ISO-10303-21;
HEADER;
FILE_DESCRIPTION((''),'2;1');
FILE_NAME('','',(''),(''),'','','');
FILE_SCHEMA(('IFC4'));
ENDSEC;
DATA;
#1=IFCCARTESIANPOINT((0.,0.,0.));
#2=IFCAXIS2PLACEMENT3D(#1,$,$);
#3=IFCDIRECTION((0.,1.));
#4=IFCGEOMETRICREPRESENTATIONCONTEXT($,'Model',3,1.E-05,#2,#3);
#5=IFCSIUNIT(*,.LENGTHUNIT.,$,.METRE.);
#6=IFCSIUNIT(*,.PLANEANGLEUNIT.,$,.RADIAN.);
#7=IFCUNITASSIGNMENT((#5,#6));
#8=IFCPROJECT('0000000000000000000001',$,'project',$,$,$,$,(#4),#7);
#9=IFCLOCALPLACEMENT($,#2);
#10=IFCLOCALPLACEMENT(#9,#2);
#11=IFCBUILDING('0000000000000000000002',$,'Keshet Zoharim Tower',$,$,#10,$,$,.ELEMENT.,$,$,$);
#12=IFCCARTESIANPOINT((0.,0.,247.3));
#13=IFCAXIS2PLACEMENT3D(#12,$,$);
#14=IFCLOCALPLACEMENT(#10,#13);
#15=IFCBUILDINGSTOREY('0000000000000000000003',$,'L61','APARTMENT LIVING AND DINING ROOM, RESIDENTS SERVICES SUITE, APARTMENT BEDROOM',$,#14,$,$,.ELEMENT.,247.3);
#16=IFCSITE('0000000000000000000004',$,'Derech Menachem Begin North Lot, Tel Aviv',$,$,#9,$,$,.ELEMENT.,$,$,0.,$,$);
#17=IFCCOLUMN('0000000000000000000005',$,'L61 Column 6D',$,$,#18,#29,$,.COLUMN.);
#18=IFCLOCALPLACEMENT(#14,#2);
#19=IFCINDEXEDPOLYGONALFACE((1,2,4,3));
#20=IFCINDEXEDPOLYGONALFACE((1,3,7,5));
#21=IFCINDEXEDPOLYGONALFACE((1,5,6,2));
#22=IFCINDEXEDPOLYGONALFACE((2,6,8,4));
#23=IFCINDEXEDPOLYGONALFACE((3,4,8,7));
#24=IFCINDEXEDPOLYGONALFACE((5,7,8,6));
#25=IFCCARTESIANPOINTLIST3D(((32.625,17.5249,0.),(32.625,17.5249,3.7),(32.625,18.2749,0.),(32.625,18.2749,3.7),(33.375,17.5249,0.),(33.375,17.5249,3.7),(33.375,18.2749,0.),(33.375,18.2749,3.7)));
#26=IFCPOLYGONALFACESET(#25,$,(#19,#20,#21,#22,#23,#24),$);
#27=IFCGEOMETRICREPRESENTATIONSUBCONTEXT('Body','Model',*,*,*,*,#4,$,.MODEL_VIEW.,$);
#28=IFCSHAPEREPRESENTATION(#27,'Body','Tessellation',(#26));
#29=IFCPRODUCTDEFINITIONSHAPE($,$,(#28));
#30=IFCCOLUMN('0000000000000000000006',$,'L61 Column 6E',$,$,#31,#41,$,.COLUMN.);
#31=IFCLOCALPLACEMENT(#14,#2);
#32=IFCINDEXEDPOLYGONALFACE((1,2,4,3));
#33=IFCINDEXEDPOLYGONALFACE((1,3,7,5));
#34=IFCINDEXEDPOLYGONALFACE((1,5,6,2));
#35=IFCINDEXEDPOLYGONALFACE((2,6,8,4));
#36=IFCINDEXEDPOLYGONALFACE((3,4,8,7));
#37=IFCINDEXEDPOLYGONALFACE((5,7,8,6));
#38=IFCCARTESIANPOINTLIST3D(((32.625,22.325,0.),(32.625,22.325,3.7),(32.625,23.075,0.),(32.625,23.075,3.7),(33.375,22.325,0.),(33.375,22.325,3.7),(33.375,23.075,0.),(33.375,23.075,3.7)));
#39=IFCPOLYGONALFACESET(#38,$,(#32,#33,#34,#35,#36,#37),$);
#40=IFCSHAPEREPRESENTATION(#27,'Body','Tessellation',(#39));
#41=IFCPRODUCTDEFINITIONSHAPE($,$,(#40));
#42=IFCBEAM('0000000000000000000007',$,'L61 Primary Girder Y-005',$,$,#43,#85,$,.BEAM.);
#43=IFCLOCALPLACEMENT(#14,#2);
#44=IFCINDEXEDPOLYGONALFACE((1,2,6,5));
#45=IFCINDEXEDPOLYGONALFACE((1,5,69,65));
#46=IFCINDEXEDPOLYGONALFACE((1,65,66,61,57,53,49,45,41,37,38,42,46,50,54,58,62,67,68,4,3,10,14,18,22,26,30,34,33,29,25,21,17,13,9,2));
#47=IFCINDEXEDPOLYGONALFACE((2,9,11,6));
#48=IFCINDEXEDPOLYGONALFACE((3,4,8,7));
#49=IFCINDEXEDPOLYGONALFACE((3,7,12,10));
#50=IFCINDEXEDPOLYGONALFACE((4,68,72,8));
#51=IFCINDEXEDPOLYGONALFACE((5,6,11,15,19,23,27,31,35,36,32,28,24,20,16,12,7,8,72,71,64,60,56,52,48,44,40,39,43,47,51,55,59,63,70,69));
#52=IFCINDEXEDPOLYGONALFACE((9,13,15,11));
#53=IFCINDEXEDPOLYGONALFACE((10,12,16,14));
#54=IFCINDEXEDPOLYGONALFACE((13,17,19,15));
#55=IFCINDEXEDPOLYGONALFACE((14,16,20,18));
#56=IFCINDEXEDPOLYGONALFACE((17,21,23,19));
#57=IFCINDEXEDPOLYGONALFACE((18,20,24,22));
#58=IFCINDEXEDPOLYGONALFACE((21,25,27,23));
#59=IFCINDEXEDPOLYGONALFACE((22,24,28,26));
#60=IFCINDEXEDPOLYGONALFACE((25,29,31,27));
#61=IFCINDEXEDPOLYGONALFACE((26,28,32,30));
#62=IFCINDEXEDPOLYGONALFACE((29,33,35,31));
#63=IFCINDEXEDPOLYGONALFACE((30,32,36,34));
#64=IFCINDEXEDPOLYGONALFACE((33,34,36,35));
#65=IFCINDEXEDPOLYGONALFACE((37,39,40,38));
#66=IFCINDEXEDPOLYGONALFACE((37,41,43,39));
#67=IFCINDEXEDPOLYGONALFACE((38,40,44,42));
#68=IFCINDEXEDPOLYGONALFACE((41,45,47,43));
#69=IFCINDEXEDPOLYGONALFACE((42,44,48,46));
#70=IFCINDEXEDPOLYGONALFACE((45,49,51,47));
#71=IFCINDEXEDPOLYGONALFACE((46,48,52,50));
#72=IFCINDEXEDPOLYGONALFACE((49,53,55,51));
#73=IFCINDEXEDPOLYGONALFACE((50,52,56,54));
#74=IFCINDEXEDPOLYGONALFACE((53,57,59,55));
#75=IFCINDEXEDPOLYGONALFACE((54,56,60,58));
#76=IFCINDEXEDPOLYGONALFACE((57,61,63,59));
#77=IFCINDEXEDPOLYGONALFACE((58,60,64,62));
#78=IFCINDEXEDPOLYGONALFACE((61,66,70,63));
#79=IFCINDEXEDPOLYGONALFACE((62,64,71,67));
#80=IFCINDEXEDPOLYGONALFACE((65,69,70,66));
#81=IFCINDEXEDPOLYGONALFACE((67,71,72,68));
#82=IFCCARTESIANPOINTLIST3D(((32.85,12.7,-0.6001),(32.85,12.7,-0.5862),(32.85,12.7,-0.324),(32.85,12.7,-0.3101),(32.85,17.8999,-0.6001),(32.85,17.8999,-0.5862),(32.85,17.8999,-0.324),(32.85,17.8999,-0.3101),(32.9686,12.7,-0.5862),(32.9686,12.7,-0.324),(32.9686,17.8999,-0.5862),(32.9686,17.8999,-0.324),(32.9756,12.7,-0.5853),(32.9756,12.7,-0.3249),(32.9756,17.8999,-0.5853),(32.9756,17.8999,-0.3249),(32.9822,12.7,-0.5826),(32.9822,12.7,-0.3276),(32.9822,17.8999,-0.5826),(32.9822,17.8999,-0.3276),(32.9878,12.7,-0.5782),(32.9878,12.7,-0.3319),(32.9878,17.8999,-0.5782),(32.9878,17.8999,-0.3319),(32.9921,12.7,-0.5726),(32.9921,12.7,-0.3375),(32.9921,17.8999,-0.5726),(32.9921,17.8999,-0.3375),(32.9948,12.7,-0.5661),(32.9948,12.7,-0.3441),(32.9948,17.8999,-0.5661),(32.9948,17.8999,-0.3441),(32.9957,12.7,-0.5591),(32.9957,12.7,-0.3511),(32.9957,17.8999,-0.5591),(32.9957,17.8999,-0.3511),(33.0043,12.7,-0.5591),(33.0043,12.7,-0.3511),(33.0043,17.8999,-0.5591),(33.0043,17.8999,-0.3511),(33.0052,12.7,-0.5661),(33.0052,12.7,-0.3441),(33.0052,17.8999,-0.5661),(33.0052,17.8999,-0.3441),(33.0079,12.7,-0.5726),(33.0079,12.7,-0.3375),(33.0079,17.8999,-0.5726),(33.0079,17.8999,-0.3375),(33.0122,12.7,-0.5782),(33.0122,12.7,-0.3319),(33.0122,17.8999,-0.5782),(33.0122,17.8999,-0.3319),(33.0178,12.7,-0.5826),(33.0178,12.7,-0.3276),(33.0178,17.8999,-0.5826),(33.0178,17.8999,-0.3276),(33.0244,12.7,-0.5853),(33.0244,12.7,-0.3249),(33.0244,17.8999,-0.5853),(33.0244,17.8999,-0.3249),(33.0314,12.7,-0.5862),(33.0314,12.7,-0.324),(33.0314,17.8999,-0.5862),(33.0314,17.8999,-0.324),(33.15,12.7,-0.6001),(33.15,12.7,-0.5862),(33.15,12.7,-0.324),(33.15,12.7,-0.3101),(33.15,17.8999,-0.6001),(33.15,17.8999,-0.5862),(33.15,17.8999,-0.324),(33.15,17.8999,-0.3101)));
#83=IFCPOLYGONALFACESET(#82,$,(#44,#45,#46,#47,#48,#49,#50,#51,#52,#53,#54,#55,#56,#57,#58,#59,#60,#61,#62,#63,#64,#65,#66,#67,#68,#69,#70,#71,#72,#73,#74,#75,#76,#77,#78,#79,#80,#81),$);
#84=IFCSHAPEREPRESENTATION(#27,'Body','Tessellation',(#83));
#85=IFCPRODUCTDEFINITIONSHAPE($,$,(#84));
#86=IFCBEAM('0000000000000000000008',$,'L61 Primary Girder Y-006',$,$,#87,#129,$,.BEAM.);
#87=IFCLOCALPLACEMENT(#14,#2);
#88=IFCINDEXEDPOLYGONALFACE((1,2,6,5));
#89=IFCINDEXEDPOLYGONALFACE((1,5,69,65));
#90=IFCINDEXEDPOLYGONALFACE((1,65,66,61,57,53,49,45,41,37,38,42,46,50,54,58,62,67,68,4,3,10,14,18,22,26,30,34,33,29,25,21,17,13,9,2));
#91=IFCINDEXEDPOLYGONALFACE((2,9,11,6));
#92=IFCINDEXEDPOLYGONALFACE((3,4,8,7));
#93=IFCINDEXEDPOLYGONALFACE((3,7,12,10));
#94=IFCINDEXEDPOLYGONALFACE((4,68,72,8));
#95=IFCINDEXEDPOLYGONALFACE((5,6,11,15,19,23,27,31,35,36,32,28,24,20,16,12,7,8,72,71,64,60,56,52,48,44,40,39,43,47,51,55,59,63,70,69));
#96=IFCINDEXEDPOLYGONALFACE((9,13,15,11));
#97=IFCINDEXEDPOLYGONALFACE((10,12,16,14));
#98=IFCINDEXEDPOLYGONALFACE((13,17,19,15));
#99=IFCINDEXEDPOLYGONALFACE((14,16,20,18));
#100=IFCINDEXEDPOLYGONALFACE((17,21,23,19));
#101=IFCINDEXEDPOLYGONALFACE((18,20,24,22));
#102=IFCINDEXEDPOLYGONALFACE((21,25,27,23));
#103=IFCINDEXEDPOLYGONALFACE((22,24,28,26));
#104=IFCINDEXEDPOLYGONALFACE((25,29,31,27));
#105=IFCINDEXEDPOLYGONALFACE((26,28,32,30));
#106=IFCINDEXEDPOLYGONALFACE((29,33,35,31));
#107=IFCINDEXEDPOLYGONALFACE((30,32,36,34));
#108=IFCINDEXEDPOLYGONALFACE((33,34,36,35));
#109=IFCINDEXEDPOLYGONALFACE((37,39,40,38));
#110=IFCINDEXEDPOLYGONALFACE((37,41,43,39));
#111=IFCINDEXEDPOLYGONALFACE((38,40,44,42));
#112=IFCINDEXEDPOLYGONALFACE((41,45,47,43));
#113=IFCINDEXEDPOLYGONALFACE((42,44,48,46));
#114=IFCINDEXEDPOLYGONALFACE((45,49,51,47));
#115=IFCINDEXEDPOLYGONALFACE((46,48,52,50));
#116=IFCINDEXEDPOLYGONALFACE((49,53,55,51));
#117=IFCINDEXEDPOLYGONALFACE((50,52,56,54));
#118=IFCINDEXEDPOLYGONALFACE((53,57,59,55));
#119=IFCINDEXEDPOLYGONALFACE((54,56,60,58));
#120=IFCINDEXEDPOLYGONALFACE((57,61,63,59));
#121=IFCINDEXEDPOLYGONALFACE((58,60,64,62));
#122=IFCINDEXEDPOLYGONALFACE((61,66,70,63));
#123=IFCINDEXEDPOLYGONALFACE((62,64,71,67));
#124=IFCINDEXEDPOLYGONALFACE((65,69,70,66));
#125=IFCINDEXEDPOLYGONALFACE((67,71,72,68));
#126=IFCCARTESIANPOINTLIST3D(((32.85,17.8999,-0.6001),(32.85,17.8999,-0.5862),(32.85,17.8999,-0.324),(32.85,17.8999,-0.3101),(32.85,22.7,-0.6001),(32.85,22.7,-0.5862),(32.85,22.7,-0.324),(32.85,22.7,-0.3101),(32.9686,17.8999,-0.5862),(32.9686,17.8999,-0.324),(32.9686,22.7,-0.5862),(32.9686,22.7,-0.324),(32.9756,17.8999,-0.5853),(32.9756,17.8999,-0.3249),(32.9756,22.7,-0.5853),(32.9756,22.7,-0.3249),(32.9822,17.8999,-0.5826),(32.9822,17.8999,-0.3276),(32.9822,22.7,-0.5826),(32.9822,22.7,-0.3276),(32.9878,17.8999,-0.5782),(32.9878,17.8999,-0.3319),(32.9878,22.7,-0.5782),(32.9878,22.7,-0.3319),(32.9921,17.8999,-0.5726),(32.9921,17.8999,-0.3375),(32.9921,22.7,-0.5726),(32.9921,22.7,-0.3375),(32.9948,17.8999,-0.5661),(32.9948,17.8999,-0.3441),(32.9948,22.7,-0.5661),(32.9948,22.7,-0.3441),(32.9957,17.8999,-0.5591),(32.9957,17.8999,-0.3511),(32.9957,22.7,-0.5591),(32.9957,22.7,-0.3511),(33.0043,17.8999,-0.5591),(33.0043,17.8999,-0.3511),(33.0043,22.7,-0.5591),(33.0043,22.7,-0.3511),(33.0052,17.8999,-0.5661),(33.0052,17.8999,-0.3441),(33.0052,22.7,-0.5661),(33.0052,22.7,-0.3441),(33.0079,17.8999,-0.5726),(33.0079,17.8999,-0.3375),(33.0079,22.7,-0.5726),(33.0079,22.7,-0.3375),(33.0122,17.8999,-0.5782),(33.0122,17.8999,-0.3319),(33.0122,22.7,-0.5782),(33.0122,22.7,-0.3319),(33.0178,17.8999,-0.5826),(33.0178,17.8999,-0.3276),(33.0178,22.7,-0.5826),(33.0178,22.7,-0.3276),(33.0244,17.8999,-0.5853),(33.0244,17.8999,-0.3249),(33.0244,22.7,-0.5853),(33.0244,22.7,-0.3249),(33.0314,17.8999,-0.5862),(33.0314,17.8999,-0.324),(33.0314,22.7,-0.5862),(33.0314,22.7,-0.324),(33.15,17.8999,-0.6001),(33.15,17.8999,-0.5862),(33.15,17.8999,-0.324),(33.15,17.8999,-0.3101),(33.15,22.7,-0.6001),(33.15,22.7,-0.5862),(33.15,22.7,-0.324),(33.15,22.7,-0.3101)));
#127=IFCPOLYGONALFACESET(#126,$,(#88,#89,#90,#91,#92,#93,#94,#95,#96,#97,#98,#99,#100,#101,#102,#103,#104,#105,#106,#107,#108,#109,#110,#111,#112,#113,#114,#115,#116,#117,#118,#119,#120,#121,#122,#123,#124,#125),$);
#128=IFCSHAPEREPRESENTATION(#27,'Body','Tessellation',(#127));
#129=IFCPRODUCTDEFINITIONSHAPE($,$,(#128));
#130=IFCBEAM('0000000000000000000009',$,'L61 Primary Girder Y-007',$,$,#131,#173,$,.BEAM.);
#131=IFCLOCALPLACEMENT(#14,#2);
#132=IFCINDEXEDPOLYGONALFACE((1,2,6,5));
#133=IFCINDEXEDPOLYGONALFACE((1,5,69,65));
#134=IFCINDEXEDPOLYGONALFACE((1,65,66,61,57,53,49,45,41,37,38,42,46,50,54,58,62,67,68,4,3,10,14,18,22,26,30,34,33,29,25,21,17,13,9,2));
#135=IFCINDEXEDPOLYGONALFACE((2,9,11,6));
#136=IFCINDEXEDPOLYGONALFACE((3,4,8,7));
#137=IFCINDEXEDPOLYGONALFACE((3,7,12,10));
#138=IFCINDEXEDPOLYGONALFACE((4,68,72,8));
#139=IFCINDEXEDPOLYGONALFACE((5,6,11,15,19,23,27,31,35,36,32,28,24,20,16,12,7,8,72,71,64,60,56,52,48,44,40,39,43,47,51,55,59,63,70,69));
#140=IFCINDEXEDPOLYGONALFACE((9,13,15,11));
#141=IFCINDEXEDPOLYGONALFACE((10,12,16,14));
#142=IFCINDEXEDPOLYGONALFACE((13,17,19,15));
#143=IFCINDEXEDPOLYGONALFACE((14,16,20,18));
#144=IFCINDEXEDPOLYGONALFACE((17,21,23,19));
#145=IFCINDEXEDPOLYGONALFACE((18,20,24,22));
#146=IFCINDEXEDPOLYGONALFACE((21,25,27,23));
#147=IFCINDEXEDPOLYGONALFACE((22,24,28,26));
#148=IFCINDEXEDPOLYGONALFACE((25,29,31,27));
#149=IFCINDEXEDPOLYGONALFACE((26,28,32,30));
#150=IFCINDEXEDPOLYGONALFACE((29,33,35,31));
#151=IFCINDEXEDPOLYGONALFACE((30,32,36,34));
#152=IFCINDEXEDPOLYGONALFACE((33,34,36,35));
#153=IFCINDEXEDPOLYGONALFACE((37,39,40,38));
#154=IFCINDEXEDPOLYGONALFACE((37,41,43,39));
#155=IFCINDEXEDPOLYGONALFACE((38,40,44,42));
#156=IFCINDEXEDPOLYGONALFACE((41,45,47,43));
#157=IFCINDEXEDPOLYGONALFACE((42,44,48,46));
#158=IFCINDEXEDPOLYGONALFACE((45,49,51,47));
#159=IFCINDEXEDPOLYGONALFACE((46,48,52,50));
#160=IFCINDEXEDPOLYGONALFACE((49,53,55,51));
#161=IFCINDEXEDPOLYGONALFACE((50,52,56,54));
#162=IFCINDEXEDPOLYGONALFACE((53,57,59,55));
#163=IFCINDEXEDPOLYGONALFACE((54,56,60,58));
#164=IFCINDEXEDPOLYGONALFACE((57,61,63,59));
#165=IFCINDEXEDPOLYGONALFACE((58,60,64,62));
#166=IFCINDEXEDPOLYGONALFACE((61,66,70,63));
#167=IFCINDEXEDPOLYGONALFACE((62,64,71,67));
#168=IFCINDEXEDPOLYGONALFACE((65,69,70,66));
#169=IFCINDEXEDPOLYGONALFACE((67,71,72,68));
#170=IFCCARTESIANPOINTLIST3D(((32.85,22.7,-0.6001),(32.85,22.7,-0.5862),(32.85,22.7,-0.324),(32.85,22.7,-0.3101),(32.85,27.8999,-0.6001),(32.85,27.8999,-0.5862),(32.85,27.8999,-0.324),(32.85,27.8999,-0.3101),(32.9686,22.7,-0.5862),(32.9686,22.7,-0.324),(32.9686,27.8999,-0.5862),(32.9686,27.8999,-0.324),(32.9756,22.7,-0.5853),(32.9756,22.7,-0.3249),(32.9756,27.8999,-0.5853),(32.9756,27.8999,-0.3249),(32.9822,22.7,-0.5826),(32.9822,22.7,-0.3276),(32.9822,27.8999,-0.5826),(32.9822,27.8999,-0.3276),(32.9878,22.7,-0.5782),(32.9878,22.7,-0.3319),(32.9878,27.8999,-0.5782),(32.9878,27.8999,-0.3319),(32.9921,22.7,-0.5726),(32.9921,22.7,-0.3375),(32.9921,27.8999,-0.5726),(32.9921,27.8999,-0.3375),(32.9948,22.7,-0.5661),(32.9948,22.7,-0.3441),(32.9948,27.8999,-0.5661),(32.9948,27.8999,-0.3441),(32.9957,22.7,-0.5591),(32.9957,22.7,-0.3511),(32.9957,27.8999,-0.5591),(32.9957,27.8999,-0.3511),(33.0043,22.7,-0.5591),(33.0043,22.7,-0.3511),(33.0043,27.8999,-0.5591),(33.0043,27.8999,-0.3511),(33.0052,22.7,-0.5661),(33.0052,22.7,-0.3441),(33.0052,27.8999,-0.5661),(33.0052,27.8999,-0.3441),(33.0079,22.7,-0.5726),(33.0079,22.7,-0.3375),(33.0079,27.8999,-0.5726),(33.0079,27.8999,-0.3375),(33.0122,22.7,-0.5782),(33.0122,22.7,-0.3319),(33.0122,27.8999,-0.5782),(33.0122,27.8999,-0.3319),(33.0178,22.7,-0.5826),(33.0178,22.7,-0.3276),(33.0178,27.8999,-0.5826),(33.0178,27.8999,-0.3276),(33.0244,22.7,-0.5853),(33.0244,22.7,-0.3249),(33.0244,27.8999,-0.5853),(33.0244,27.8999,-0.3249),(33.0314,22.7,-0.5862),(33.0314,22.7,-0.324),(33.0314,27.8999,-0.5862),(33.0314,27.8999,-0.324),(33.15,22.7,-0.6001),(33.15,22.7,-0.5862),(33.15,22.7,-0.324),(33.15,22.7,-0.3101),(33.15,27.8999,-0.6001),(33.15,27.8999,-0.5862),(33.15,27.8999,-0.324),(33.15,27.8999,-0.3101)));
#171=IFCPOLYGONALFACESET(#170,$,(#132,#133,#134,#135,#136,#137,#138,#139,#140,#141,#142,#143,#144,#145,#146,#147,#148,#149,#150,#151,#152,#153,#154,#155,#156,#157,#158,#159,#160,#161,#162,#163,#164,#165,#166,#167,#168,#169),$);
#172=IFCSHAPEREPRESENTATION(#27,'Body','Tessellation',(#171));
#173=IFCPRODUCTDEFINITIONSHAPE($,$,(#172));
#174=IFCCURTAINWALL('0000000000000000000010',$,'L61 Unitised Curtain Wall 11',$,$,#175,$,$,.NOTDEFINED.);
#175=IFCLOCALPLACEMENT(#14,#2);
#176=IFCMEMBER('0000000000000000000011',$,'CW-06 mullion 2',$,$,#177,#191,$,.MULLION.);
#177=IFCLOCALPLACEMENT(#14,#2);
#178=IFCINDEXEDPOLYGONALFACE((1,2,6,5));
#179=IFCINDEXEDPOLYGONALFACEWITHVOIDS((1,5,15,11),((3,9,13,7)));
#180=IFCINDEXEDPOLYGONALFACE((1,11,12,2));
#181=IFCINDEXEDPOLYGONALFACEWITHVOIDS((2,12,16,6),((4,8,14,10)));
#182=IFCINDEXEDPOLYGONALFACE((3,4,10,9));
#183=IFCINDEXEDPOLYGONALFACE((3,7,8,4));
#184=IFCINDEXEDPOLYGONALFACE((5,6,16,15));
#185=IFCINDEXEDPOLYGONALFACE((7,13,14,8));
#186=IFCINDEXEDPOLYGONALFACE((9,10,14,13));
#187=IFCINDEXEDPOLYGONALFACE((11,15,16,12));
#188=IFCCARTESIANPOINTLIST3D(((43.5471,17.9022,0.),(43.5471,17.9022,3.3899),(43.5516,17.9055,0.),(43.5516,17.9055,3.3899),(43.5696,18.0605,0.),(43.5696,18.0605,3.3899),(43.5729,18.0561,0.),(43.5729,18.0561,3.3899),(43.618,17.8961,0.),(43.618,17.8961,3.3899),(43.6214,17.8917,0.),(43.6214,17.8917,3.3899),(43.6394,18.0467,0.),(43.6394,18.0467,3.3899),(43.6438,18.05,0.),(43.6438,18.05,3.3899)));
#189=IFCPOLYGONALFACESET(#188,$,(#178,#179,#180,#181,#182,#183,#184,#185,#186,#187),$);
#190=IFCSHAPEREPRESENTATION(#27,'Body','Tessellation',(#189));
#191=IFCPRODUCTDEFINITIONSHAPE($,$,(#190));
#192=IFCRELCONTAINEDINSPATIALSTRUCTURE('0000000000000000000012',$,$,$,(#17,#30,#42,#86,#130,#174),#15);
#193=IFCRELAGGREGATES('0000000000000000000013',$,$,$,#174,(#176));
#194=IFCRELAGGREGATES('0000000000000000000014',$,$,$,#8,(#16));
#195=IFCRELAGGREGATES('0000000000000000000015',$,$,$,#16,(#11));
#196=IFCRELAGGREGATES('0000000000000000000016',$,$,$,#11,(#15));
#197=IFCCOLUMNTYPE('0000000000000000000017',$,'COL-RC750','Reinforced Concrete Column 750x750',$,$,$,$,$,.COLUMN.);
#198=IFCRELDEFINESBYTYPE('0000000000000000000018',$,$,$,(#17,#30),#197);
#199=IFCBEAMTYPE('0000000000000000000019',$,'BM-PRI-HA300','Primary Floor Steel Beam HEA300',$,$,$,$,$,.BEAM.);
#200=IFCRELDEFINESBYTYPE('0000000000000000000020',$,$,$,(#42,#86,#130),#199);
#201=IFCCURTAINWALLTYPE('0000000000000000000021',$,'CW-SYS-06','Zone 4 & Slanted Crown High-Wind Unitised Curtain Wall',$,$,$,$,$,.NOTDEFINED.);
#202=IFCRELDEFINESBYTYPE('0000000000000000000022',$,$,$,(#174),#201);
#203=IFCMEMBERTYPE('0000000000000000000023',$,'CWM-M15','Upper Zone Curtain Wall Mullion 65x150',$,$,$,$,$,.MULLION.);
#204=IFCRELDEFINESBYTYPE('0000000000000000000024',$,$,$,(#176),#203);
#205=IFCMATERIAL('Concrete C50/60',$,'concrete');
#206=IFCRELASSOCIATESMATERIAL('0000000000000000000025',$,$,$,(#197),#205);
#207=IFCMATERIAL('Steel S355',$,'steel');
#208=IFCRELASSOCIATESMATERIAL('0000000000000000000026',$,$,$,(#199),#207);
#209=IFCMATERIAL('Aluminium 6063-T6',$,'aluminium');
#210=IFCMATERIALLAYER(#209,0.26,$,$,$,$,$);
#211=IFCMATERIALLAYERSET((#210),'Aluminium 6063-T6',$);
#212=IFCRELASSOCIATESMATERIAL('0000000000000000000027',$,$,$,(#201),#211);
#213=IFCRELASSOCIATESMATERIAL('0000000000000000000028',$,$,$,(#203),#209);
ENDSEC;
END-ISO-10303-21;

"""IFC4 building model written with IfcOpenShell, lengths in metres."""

from ifc_helpers import new_model, si_unit, direction, frame, origin, origin_2d, place, context, subcontext, project, spatial, rectangle, hollow_rectangle, i_section, extrude, material, layer, layer_set, material_profile, profile_set, type_object, element, aggregate, save


model = new_model("IFC4")

# Units and contexts
model_context = context("Model", 3, precision=1e-05, world=origin(), true_north=direction((0.0, 1.0)))
body_context = subcontext(model_context, "Body", "Model", "MODEL_VIEW")
ifc_project = project(units=[si_unit("LENGTHUNIT", "METRE"), si_unit("PLANEANGLEUNIT", "RADIAN")], contexts=[model_context])

# Site, building, storey
site_placement = place(None, origin())
site = spatial("IfcSite", under=ifc_project, at=site_placement, Name="Derech Menachem Begin North Lot, Tel Aviv", CompositionType="ELEMENT", RefElevation=0.0)
building_placement = place(site_placement, origin())
building = spatial("IfcBuilding", under=site, at=building_placement, Name="Keshet Zoharim Tower", CompositionType="ELEMENT")
storey_placement = place(building_placement, frame((0.0, 0.0, 247.3)))
storey = spatial("IfcBuildingStorey", under=building, at=storey_placement, Name="L61", Description="APARTMENT LIVING AND DINING ROOM, RESIDENTS SERVICES SUITE, APARTMENT BEDROOM", CompositionType="ELEMENT", Elevation=247.3)

# Columns
ifc_material_1 = material(Name="Concrete C50/60", Category="concrete")
ifc_material_profile_1 = material_profile(ifc_material_1, rectangle(XDim=0.75, YDim=0.75, at=origin_2d()), Name="RC750x750")
ifc_profile_set_1 = profile_set([ifc_material_profile_1], Name="Concrete C50/60")
column_type = type_object("IfcColumnType", Name="COL-RC750", Description="Reinforced Concrete Column 750x750", PredefinedType="COLUMN", material=ifc_profile_set_1)
for number, where, z_axis, x_axis, name in (
    (1, (33.0, 17.8999, 0.0), (0.0, 0.0, 1.0), (1.0, 0.0, 0.0), "L61 Column 6D"),
    (2, (33.0, 22.7, 0.0), (0.0, 0.0, 1.0), (1.0, 0.0, 0.0), "L61 Column 6E"),
):
    element("IfcColumn", number, at=place(storey_placement, frame(where, z_axis=z_axis, x_axis=x_axis)), inside=storey, type_object=column_type, Name=name, PredefinedType="COLUMN", context=body_context, shape_type="SweptSolid", body=[
        extrude(rectangle(XDim=0.75, YDim=0.75, at=origin_2d()), origin(), (0.0, 0.0, 1.0), 3.7),
    ])

# Beams
ifc_material_2 = material(Name="Steel S355", Category="steel")
ifc_material_profile_2 = material_profile(ifc_material_2, i_section(OverallWidth=0.3, OverallDepth=0.29, WebThickness=0.0085, FlangeThickness=0.0139, FilletRadius=0.0271, at=origin_2d()), Name="HEA300")
ifc_profile_set_2 = profile_set([ifc_material_profile_2], Name="Steel S355")
beam_type = type_object("IfcBeamType", Name="BM-PRI-HA300", Description="Primary Floor Steel Beam HEA300", PredefinedType="BEAM", material=ifc_profile_set_2)
beam_1_placement = place(storey_placement, frame((33.0, 12.7, -0.4551), z_axis=(0.0, 1.0, 0.0), x_axis=(-1.0, 0.0, 0.0)))
element("IfcBeam", 3, at=beam_1_placement, inside=storey, type_object=beam_type, Name="L61 Primary Girder Y-005", PredefinedType="BEAM", context=body_context, shape_type="SweptSolid", body=[
    extrude(i_section(OverallWidth=0.3, OverallDepth=0.29, WebThickness=0.0085, FlangeThickness=0.0139, FilletRadius=0.0271, at=origin_2d()), origin(), (0.0, 0.0, 1.0), 5.2),
])
beam_2_placement = place(storey_placement, frame((33.0, 17.8999, -0.4551), z_axis=(0.0, 1.0, 0.0), x_axis=(-1.0, 0.0, 0.0)))
element("IfcBeam", 4, at=beam_2_placement, inside=storey, type_object=beam_type, Name="L61 Primary Girder Y-006", PredefinedType="BEAM", context=body_context, shape_type="SweptSolid", body=[
    extrude(i_section(OverallWidth=0.3, OverallDepth=0.29, WebThickness=0.0085, FlangeThickness=0.0139, FilletRadius=0.0271, at=origin_2d()), origin(), (0.0, 0.0, 1.0), 4.8),
])
beam_3_placement = place(storey_placement, frame((33.0, 22.7, -0.4551), z_axis=(0.0, 1.0, 0.0), x_axis=(-1.0, 0.0, 0.0)))
element("IfcBeam", 5, at=beam_3_placement, inside=storey, type_object=beam_type, Name="L61 Primary Girder Y-007", PredefinedType="BEAM", context=body_context, shape_type="SweptSolid", body=[
    extrude(i_section(OverallWidth=0.3, OverallDepth=0.29, WebThickness=0.0085, FlangeThickness=0.0139, FilletRadius=0.0271, at=origin_2d()), origin(), (0.0, 0.0, 1.0), 5.2),
])

# Curtain wall, member
ifc_material_3 = material(Name="Aluminium 6063-T6", Category="aluminium")
ifc_layer_1 = layer(ifc_material_3, 0.26)
ifc_layer_set_1 = layer_set([ifc_layer_1], Name="Aluminium 6063-T6")
curtain_wall_type = type_object("IfcCurtainWallType", Name="CW-SYS-06", Description="Zone 4 & Slanted Crown High-Wind Unitised Curtain Wall", PredefinedType="NOTDEFINED", material=ifc_layer_set_1)
curtain_wall_placement = place(storey_placement, origin())
curtain_wall = element("IfcCurtainWall", 6, at=curtain_wall_placement, inside=storey, type_object=curtain_wall_type, Name="L61 Unitised Curtain Wall 11", PredefinedType="NOTDEFINED")
ifc_material_profile_3 = material_profile(ifc_material_3, hollow_rectangle(XDim=0.075, YDim=0.1599, WallThickness=0.0039, at=origin_2d()), Name="MUL-75x160")
ifc_profile_set_3 = profile_set([ifc_material_profile_3], Name="Aluminium 6063-T6")
member_type_1 = type_object("IfcMemberType", Name="CWM-M15", Description="Upper Zone Curtain Wall Mullion 65x150", PredefinedType="MULLION", material=ifc_profile_set_3)
member_1_placement = place(storey_placement, frame((43.5955, 17.9761, 0.0), z_axis=(0.0, 0.0, 1.0), x_axis=(0.990132, -0.140137, 0.0)))
member_1 = element("IfcMember", 7, at=member_1_placement, type_object=member_type_1, Name="CW-06 mullion 2", PredefinedType="MULLION", context=body_context, shape_type="SweptSolid", body=[
    extrude(hollow_rectangle(XDim=0.075, YDim=0.1599, WallThickness=0.0039, at=origin_2d()), origin(), (0.0, 0.0, 1.0), 3.3899),
])
aggregate(curtain_wall, [member_1])

save(model, "model.ifc")
